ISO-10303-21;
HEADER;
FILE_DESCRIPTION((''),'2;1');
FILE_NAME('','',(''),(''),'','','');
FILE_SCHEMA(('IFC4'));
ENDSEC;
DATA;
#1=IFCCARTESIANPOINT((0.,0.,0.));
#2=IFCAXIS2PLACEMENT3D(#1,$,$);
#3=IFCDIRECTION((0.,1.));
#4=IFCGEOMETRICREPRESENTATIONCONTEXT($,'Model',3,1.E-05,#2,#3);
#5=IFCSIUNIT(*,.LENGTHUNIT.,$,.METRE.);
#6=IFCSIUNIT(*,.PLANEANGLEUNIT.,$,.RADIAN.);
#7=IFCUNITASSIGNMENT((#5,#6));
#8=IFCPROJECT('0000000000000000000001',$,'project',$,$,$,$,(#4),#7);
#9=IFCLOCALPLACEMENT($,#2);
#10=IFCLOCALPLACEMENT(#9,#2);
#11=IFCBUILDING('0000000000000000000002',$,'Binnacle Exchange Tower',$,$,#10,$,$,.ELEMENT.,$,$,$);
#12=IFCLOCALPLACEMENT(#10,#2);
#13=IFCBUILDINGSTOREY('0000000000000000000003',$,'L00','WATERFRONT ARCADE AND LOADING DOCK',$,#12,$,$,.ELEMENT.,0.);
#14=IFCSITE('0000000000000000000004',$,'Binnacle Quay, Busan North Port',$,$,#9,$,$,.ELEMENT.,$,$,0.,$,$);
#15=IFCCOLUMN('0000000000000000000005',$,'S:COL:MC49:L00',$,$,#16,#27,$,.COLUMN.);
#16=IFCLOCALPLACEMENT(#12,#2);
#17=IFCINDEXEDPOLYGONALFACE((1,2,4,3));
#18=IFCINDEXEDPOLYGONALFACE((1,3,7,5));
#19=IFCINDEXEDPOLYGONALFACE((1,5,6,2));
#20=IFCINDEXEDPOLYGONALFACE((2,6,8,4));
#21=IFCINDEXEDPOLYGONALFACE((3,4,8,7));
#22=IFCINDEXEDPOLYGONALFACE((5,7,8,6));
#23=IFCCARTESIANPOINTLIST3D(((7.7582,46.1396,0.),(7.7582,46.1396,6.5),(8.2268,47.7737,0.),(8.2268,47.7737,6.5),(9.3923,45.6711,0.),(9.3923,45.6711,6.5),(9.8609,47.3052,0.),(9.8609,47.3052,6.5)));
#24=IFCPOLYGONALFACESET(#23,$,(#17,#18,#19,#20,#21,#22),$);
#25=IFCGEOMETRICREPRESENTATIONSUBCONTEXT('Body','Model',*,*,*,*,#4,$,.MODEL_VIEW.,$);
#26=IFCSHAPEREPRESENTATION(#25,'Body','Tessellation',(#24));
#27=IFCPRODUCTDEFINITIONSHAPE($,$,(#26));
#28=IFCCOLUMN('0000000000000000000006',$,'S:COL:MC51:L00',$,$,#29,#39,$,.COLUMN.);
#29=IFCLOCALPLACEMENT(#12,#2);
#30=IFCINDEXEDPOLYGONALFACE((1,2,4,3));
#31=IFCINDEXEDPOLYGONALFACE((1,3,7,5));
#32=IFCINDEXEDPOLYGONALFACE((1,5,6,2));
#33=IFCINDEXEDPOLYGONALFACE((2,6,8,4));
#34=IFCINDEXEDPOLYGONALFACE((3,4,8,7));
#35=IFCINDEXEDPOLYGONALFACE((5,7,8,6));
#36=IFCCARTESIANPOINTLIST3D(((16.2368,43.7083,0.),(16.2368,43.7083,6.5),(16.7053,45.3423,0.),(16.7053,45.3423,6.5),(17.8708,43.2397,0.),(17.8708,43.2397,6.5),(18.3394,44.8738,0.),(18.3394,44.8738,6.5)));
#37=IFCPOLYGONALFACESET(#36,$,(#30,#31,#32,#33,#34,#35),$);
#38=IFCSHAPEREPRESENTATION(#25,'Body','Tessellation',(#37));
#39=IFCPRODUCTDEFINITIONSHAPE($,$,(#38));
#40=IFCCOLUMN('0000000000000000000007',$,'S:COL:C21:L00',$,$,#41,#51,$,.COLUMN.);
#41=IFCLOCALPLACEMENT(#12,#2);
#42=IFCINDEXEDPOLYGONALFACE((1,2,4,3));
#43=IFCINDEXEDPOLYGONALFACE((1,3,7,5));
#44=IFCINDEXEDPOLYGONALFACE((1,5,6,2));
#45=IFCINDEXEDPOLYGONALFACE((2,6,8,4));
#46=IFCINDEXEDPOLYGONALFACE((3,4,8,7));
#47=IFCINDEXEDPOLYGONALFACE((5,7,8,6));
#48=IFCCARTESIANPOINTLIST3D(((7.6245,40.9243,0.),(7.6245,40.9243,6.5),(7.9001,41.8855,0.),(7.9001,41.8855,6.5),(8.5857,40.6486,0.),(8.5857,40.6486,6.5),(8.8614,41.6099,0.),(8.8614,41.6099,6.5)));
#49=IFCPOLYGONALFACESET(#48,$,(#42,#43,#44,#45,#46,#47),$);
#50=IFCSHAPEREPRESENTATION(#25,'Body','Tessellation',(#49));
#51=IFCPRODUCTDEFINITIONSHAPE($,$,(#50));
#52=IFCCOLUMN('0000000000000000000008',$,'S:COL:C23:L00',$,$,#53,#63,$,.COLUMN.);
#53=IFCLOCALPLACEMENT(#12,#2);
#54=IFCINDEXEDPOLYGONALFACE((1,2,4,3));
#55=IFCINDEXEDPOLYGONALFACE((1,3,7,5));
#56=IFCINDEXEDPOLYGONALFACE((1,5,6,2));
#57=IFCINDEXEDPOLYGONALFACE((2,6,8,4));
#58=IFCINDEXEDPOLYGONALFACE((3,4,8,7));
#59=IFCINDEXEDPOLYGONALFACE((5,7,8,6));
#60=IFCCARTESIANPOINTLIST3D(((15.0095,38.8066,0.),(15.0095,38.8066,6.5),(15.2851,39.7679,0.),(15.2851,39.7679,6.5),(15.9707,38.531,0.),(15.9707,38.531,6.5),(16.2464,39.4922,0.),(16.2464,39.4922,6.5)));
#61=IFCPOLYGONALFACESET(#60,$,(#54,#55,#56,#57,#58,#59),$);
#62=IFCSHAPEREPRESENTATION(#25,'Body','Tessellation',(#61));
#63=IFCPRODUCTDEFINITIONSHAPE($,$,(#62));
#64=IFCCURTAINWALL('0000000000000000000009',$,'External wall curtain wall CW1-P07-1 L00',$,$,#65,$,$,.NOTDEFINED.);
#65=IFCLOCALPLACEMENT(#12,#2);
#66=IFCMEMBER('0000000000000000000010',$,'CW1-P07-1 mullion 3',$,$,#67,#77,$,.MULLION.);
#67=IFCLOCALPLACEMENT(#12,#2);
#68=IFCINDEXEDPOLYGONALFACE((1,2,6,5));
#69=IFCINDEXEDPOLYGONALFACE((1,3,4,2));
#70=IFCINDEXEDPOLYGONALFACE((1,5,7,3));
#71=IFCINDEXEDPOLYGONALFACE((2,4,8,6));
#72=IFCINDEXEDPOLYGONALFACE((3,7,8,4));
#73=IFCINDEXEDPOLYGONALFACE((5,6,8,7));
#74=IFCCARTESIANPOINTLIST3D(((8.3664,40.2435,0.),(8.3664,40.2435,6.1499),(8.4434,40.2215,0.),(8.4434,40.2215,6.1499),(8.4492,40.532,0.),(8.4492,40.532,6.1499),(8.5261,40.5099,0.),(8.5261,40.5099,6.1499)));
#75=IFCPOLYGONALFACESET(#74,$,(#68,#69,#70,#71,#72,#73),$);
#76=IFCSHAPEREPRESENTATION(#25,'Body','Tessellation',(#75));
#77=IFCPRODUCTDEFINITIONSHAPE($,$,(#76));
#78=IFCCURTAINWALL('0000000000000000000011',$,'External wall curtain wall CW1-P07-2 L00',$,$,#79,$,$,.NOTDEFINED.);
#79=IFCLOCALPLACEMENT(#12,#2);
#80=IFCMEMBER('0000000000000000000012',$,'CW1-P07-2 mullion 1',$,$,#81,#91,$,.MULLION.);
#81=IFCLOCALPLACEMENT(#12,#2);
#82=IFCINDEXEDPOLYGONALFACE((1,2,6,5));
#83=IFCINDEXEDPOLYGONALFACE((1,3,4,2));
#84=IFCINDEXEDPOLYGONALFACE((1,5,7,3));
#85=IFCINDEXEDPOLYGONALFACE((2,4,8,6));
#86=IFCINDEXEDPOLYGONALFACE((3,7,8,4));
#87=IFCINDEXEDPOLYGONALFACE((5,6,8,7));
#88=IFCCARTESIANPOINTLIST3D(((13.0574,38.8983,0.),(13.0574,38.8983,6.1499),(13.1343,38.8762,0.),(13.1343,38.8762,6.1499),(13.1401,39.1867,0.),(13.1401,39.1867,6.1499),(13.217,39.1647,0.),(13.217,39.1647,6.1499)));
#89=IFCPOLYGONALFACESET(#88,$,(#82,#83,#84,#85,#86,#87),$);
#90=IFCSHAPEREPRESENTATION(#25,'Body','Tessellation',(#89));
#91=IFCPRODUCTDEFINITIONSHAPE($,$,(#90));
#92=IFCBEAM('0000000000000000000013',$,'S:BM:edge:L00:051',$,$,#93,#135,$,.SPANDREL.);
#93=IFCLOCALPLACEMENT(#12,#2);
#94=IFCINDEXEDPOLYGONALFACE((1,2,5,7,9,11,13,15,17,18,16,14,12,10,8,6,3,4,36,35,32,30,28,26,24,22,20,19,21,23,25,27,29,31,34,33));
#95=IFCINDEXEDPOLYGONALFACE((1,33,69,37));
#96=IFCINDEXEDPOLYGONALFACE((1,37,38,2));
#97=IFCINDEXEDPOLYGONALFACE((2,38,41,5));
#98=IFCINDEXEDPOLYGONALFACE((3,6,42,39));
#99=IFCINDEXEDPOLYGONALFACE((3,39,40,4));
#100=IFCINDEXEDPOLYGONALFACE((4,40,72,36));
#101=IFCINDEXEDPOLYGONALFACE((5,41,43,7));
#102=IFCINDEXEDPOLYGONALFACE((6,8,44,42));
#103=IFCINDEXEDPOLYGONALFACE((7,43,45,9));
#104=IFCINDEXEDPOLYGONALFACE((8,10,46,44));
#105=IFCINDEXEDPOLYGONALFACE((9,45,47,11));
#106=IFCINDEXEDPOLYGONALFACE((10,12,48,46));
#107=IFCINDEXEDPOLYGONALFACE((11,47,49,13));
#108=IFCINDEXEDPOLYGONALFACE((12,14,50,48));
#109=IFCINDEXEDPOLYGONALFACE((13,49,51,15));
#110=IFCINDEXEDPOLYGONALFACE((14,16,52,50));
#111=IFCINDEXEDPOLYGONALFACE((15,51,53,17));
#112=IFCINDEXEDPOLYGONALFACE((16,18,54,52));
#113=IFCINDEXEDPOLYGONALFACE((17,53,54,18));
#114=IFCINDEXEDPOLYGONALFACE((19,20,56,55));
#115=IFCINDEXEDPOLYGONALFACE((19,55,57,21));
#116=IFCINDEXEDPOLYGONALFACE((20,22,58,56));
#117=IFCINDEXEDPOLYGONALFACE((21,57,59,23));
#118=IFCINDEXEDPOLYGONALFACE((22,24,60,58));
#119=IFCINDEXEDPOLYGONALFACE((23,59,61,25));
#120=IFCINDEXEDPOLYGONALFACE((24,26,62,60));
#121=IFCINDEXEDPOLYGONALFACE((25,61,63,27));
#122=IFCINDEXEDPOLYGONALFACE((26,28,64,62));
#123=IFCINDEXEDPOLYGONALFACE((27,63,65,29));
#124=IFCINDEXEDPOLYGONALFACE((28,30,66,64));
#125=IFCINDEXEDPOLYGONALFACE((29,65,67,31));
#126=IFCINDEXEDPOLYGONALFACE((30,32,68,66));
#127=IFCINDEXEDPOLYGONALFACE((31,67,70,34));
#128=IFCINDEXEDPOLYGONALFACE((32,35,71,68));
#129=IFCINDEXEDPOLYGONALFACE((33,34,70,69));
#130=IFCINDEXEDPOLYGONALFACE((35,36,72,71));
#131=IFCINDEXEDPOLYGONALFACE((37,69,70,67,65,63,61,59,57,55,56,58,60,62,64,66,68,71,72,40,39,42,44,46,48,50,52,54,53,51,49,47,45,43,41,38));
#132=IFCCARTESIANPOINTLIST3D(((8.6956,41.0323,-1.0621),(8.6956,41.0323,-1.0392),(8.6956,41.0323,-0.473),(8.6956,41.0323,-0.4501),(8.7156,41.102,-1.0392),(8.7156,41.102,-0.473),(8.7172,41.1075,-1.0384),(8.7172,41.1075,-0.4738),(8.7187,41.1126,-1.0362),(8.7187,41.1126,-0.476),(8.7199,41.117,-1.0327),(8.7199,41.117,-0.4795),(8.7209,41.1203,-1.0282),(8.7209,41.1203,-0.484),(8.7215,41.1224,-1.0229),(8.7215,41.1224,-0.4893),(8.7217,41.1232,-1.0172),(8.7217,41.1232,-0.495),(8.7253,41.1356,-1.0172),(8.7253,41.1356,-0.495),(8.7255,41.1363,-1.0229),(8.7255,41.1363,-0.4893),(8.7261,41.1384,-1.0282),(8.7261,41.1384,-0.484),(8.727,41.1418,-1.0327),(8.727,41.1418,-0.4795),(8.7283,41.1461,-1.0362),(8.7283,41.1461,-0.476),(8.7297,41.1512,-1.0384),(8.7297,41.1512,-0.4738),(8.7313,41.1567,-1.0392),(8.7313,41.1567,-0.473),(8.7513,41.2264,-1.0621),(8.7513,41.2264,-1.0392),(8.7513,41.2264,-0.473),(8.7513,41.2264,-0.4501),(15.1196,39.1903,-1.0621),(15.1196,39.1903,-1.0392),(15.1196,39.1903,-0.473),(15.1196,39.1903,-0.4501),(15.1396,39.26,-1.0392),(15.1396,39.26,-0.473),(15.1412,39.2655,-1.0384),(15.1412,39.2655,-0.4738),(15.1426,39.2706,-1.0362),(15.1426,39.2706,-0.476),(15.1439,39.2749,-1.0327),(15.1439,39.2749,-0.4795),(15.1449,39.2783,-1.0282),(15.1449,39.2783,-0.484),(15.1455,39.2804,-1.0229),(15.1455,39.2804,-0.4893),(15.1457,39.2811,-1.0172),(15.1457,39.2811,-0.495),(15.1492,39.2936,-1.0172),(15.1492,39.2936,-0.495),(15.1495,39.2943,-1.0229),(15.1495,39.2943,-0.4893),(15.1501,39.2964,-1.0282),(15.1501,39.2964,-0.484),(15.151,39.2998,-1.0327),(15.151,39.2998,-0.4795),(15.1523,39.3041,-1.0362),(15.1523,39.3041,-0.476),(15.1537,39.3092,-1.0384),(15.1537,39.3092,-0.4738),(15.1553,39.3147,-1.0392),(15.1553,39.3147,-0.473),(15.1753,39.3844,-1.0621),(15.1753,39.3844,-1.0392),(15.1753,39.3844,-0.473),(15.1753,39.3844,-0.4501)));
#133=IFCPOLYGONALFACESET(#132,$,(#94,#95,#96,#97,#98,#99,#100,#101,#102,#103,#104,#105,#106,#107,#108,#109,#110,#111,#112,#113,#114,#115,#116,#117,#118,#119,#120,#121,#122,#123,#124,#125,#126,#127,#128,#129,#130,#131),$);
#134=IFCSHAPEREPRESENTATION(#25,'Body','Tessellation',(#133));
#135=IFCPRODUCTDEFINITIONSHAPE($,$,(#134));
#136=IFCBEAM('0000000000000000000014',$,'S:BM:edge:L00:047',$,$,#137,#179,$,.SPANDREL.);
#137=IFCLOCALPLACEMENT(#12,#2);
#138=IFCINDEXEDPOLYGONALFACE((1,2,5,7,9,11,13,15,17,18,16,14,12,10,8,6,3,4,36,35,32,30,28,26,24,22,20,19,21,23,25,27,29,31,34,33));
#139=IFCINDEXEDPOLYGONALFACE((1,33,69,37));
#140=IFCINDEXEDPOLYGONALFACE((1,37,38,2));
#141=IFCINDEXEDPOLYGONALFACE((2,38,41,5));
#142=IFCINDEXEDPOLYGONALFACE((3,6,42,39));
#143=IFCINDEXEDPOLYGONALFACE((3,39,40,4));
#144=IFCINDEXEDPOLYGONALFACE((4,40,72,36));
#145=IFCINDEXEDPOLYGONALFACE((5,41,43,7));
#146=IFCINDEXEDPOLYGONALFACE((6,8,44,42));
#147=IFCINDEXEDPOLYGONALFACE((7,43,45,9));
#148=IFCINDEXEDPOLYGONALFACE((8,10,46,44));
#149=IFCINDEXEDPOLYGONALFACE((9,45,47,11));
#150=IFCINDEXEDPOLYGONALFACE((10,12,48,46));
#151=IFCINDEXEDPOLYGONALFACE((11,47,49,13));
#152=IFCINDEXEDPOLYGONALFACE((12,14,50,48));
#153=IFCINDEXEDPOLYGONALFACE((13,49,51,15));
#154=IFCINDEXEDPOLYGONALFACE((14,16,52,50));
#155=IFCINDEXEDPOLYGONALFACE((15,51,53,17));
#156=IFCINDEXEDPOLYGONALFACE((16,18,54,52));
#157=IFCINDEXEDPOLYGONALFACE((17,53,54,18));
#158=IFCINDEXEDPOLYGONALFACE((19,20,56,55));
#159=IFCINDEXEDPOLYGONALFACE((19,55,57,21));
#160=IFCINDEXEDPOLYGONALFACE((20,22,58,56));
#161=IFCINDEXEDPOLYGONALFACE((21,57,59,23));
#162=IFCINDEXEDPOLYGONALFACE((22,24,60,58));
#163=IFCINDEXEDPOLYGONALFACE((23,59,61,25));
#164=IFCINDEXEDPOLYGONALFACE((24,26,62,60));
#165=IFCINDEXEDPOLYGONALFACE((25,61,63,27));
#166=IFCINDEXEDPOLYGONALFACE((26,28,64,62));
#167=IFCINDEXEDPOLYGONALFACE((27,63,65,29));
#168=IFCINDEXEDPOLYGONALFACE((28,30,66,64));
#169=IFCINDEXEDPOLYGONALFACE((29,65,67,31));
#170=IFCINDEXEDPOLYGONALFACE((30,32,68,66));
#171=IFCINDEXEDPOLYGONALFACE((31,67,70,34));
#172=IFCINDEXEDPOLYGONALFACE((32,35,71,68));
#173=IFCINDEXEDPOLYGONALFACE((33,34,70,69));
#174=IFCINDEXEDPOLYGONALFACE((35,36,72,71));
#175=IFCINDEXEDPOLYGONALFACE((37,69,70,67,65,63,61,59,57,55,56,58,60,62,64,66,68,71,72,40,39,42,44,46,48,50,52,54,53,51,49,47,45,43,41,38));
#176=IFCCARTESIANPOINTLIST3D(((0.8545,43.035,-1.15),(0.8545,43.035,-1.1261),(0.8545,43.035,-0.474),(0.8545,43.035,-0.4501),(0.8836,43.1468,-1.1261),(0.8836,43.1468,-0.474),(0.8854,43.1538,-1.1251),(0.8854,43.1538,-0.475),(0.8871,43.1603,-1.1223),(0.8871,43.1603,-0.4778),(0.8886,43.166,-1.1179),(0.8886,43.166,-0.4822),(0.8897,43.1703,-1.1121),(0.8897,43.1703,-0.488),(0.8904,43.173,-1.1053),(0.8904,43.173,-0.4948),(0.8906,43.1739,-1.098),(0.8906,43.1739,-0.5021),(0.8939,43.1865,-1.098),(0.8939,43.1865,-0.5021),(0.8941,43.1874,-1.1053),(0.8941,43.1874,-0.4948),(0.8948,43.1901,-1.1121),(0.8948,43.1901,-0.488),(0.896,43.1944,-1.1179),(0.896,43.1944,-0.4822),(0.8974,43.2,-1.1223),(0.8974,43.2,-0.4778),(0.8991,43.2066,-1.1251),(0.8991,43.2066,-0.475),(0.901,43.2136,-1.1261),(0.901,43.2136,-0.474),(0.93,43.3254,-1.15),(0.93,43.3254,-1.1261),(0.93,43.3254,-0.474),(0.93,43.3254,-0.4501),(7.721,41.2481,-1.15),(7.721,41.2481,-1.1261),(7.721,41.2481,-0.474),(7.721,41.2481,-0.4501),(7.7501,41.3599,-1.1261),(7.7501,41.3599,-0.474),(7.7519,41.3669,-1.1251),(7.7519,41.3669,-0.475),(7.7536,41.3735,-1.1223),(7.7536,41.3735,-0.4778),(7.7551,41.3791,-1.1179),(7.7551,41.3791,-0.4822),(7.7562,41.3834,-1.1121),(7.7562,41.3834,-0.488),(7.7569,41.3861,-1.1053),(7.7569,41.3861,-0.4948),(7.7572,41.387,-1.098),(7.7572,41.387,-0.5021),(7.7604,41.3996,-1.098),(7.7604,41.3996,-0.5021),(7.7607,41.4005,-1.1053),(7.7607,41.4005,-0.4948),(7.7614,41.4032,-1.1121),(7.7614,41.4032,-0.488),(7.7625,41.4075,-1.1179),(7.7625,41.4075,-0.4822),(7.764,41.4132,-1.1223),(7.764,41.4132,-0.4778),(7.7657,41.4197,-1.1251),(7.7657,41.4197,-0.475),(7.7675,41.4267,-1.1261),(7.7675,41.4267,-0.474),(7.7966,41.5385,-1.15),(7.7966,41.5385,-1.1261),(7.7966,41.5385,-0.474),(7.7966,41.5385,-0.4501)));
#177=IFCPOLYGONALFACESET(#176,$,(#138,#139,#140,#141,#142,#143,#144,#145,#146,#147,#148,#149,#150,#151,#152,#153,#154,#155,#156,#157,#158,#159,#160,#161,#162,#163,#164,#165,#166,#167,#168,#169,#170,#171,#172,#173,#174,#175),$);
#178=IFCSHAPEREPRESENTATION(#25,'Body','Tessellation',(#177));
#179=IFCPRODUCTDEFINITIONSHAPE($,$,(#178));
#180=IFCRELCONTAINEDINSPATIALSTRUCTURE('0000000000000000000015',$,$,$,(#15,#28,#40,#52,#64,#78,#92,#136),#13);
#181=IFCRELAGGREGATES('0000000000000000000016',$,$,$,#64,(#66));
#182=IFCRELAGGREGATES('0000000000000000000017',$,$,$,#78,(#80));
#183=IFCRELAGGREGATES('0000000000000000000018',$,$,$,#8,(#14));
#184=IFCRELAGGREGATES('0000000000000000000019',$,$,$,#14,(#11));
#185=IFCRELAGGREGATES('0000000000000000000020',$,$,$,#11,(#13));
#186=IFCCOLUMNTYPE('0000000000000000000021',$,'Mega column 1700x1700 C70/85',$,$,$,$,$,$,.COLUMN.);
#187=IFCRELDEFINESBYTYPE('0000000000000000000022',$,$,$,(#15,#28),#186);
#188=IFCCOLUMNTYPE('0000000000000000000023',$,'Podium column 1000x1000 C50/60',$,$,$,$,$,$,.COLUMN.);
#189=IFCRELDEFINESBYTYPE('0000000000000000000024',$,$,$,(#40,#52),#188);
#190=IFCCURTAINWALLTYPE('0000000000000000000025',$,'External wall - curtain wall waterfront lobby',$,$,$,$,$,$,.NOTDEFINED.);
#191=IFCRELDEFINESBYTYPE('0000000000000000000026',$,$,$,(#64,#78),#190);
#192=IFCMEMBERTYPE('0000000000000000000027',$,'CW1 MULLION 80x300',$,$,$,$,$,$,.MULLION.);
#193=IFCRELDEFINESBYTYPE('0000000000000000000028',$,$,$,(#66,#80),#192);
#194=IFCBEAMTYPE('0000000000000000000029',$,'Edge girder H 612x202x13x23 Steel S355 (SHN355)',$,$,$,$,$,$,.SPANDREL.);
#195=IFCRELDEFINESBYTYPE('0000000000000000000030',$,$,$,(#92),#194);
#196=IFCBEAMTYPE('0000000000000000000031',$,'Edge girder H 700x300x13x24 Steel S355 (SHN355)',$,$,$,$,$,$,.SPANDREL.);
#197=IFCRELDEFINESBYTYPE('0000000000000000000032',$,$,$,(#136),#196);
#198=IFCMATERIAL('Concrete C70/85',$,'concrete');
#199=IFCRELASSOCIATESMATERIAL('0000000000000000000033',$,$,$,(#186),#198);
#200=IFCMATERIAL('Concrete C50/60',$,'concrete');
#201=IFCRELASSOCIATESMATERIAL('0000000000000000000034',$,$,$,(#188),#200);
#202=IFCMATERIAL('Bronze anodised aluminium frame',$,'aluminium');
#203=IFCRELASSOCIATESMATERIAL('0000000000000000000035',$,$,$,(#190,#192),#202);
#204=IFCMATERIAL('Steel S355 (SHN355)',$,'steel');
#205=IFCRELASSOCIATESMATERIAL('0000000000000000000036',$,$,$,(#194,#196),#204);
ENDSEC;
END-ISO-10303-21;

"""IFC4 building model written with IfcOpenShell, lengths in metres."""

from ifc_helpers import new_model, si_unit, direction, frame, origin, origin_2d, place, context, subcontext, project, spatial, rectangle, i_section, extrude, material, material_profile, profile_set, type_object, element, aggregate, save


model = new_model("IFC4")

# Units and contexts
model_context = context("Model", 3, precision=1e-05, world=origin(), true_north=direction((0.0, 1.0)))
body_context = subcontext(model_context, "Body", "Model", "MODEL_VIEW")
ifc_project = project(units=[si_unit("LENGTHUNIT", "METRE"), si_unit("PLANEANGLEUNIT", "RADIAN")], contexts=[model_context])

# Site, building, storey
site_placement = place(None, origin())
site = spatial("IfcSite", under=ifc_project, at=site_placement, Name="Binnacle Quay, Busan North Port", CompositionType="ELEMENT", RefElevation=0.0)
building_placement = place(site_placement, origin())
building = spatial("IfcBuilding", under=site, at=building_placement, Name="Binnacle Exchange Tower", CompositionType="ELEMENT")
storey_placement = place(building_placement, origin())
storey = spatial("IfcBuildingStorey", under=building, at=storey_placement, Name="L00", Description="WATERFRONT ARCADE AND LOADING DOCK", CompositionType="ELEMENT", Elevation=0.0)

# Columns
ifc_material_1 = material(Name="Concrete C70/85", Category="concrete")
ifc_material_profile_1 = material_profile(ifc_material_1, rectangle(XDim=1.7, YDim=1.7, at=origin_2d()), Name="Mega column 1700x1700 C70/85")
ifc_profile_set_1 = profile_set([ifc_material_profile_1], Name="Concrete C70/85")
column_type_1 = type_object("IfcColumnType", Name="Mega column 1700x1700 C70/85", PredefinedType="COLUMN", material=ifc_profile_set_1)
for number, where, z_axis, x_axis, name in (
    (1, (8.8096, 46.7224, 0.0), (0.0, 0.0, 1.0), (0.961262, -0.275637, 0.0), "S:COL:MC49:L00"),
    (2, (17.2881, 44.291, 0.0), (0.0, 0.0, 1.0), (0.961262, -0.275637, 0.0), "S:COL:MC51:L00"),
):
    element("IfcColumn", number, at=place(storey_placement, frame(where, z_axis=z_axis, x_axis=x_axis)), inside=storey, type_object=column_type_1, Name=name, PredefinedType="COLUMN", context=body_context, shape_type="SweptSolid", body=[
        extrude(rectangle(XDim=1.7, YDim=1.7, at=origin_2d()), origin(), (0.0, 0.0, 1.0), 6.5),
    ])
ifc_material_2 = material(Name="Concrete C50/60", Category="concrete")
ifc_material_profile_2 = material_profile(ifc_material_2, rectangle(XDim=1.0, YDim=1.0, at=origin_2d()), Name="Podium column 1000x1000 C50/60")
ifc_profile_set_2 = profile_set([ifc_material_profile_2], Name="Concrete C50/60")
column_type_2 = type_object("IfcColumnType", Name="Podium column 1000x1000 C50/60", PredefinedType="COLUMN", material=ifc_profile_set_2)
for number, where, z_axis, x_axis, name in (
    (3, (8.2429, 41.2671, 0.0), (0.0, 0.0, 1.0), (0.961262, -0.275637, 0.0), "S:COL:C21:L00"),
    (4, (15.6279, 39.1494, 0.0), (0.0, 0.0, 1.0), (0.961262, -0.275637, 0.0), "S:COL:C23:L00"),
):
    element("IfcColumn", number, at=place(storey_placement, frame(where, z_axis=z_axis, x_axis=x_axis)), inside=storey, type_object=column_type_2, Name=name, PredefinedType="COLUMN", context=body_context, shape_type="SweptSolid", body=[
        extrude(rectangle(XDim=1.0, YDim=1.0, at=origin_2d()), origin(), (0.0, 0.0, 1.0), 6.5),
    ])

# Curtain walls, members
ifc_material_3 = material(Name="Bronze anodised aluminium frame", Category="aluminium")
curtain_wall_type = type_object("IfcCurtainWallType", Name="External wall - curtain wall waterfront lobby", PredefinedType="NOTDEFINED", material=ifc_material_3)
curtain_wall_1_placement = place(storey_placement, origin())
curtain_wall_1 = element("IfcCurtainWall", 5, at=curtain_wall_1_placement, inside=storey, type_object=curtain_wall_type, Name="External wall curtain wall CW1-P07-1 L00", PredefinedType="NOTDEFINED")
ifc_material_profile_3 = material_profile(ifc_material_3, rectangle(XDim=0.3, YDim=0.0801, at=origin_2d()), Name="AL 80x300")
ifc_profile_set_3 = profile_set([ifc_material_profile_3], Name="Bronze anodised aluminium frame")
member_type = type_object("IfcMemberType", Name="CW1 MULLION 80x300", PredefinedType="MULLION", material=ifc_profile_set_3)
member_1_placement = place(storey_placement, frame((8.4463, 40.3767, 0.0), z_axis=(0.0, 0.0, 1.0), x_axis=(0.275637, 0.961262, 0.0)))
member_1 = element("IfcMember", 6, at=member_1_placement, type_object=member_type, Name="CW1-P07-1 mullion 3", PredefinedType="MULLION", context=body_context, shape_type="SweptSolid", body=[
    extrude(rectangle(XDim=0.3, YDim=0.0801, at=origin_2d()), origin(), (0.0, 0.0, 1.0), 6.1499),
])
aggregate(curtain_wall_1, [member_1])
curtain_wall_2_placement = place(storey_placement, origin())
curtain_wall_2 = element("IfcCurtainWall", 7, at=curtain_wall_2_placement, inside=storey, type_object=curtain_wall_type, Name="External wall curtain wall CW1-P07-2 L00", PredefinedType="NOTDEFINED")
member_2_placement = place(storey_placement, frame((13.1372, 39.0315, 0.0), z_axis=(0.0, 0.0, 1.0), x_axis=(0.275637, 0.961262, 0.0)))
member_2 = element("IfcMember", 8, at=member_2_placement, type_object=member_type, Name="CW1-P07-2 mullion 1", PredefinedType="MULLION", context=body_context, shape_type="SweptSolid", body=[
    extrude(rectangle(XDim=0.3, YDim=0.0801, at=origin_2d()), origin(), (0.0, 0.0, 1.0), 6.1499),
])
aggregate(curtain_wall_2, [member_2])

# Beams
ifc_material_4 = material(Name="Steel S355 (SHN355)", Category="steel")
ifc_material_profile_4 = material_profile(ifc_material_4, i_section(OverallWidth=0.2019, OverallDepth=0.6121, WebThickness=0.0129, FlangeThickness=0.0229, FilletRadius=0.022, at=origin_2d()), Name="H 612x202x13x23")
ifc_profile_set_4 = profile_set([ifc_material_profile_4], Name="Steel S355 (SHN355)")
beam_type_1 = type_object("IfcBeamType", Name="Edge girder H 612x202x13x23 Steel S355 (SHN355)", PredefinedType="SPANDREL", material=ifc_profile_set_4)
beam_1_placement = place(storey_placement, frame((15.1475, 39.2874, -0.7561), z_axis=(-0.961263, 0.275633, 0.0), x_axis=(-0.275633, -0.961263, 0.0)))
element("IfcBeam", 9, at=beam_1_placement, inside=storey, type_object=beam_type_1, Name="S:BM:edge:L00:051", PredefinedType="SPANDREL", context=body_context, shape_type="SweptSolid", body=[
    extrude(i_section(OverallWidth=0.2019, OverallDepth=0.6121, WebThickness=0.0129, FlangeThickness=0.0229, FilletRadius=0.022, at=origin_2d()), origin(), (0.0, 0.0, 1.0), 6.6829),
])
ifc_material_profile_5 = material_profile(ifc_material_4, i_section(OverallWidth=0.3, OverallDepth=0.7, WebThickness=0.0129, FlangeThickness=0.0239, FilletRadius=0.0281, at=origin_2d()), Name="H 700x300x13x24")
ifc_profile_set_5 = profile_set([ifc_material_profile_5], Name="Steel S355 (SHN355)")
beam_type_2 = type_object("IfcBeamType", Name="Edge girder H 700x300x13x24 Steel S355 (SHN355)", PredefinedType="SPANDREL", material=ifc_profile_set_5)
beam_2_placement = place(storey_placement, frame((7.7588, 41.3933, -0.8), z_axis=(-0.967768, 0.251843, 0.0), x_axis=(-0.251843, -0.967768, 0.0)))
element("IfcBeam", 10, at=beam_2_placement, inside=storey, type_object=beam_type_2, Name="S:BM:edge:L00:047", PredefinedType="SPANDREL", context=body_context, shape_type="SweptSolid", body=[
    extrude(i_section(OverallWidth=0.3, OverallDepth=0.7, WebThickness=0.0129, FlangeThickness=0.0239, FilletRadius=0.0281, at=origin_2d()), origin(), (0.0, 0.0, 1.0), 7.0952),
])

save(model, "model.ifc")
